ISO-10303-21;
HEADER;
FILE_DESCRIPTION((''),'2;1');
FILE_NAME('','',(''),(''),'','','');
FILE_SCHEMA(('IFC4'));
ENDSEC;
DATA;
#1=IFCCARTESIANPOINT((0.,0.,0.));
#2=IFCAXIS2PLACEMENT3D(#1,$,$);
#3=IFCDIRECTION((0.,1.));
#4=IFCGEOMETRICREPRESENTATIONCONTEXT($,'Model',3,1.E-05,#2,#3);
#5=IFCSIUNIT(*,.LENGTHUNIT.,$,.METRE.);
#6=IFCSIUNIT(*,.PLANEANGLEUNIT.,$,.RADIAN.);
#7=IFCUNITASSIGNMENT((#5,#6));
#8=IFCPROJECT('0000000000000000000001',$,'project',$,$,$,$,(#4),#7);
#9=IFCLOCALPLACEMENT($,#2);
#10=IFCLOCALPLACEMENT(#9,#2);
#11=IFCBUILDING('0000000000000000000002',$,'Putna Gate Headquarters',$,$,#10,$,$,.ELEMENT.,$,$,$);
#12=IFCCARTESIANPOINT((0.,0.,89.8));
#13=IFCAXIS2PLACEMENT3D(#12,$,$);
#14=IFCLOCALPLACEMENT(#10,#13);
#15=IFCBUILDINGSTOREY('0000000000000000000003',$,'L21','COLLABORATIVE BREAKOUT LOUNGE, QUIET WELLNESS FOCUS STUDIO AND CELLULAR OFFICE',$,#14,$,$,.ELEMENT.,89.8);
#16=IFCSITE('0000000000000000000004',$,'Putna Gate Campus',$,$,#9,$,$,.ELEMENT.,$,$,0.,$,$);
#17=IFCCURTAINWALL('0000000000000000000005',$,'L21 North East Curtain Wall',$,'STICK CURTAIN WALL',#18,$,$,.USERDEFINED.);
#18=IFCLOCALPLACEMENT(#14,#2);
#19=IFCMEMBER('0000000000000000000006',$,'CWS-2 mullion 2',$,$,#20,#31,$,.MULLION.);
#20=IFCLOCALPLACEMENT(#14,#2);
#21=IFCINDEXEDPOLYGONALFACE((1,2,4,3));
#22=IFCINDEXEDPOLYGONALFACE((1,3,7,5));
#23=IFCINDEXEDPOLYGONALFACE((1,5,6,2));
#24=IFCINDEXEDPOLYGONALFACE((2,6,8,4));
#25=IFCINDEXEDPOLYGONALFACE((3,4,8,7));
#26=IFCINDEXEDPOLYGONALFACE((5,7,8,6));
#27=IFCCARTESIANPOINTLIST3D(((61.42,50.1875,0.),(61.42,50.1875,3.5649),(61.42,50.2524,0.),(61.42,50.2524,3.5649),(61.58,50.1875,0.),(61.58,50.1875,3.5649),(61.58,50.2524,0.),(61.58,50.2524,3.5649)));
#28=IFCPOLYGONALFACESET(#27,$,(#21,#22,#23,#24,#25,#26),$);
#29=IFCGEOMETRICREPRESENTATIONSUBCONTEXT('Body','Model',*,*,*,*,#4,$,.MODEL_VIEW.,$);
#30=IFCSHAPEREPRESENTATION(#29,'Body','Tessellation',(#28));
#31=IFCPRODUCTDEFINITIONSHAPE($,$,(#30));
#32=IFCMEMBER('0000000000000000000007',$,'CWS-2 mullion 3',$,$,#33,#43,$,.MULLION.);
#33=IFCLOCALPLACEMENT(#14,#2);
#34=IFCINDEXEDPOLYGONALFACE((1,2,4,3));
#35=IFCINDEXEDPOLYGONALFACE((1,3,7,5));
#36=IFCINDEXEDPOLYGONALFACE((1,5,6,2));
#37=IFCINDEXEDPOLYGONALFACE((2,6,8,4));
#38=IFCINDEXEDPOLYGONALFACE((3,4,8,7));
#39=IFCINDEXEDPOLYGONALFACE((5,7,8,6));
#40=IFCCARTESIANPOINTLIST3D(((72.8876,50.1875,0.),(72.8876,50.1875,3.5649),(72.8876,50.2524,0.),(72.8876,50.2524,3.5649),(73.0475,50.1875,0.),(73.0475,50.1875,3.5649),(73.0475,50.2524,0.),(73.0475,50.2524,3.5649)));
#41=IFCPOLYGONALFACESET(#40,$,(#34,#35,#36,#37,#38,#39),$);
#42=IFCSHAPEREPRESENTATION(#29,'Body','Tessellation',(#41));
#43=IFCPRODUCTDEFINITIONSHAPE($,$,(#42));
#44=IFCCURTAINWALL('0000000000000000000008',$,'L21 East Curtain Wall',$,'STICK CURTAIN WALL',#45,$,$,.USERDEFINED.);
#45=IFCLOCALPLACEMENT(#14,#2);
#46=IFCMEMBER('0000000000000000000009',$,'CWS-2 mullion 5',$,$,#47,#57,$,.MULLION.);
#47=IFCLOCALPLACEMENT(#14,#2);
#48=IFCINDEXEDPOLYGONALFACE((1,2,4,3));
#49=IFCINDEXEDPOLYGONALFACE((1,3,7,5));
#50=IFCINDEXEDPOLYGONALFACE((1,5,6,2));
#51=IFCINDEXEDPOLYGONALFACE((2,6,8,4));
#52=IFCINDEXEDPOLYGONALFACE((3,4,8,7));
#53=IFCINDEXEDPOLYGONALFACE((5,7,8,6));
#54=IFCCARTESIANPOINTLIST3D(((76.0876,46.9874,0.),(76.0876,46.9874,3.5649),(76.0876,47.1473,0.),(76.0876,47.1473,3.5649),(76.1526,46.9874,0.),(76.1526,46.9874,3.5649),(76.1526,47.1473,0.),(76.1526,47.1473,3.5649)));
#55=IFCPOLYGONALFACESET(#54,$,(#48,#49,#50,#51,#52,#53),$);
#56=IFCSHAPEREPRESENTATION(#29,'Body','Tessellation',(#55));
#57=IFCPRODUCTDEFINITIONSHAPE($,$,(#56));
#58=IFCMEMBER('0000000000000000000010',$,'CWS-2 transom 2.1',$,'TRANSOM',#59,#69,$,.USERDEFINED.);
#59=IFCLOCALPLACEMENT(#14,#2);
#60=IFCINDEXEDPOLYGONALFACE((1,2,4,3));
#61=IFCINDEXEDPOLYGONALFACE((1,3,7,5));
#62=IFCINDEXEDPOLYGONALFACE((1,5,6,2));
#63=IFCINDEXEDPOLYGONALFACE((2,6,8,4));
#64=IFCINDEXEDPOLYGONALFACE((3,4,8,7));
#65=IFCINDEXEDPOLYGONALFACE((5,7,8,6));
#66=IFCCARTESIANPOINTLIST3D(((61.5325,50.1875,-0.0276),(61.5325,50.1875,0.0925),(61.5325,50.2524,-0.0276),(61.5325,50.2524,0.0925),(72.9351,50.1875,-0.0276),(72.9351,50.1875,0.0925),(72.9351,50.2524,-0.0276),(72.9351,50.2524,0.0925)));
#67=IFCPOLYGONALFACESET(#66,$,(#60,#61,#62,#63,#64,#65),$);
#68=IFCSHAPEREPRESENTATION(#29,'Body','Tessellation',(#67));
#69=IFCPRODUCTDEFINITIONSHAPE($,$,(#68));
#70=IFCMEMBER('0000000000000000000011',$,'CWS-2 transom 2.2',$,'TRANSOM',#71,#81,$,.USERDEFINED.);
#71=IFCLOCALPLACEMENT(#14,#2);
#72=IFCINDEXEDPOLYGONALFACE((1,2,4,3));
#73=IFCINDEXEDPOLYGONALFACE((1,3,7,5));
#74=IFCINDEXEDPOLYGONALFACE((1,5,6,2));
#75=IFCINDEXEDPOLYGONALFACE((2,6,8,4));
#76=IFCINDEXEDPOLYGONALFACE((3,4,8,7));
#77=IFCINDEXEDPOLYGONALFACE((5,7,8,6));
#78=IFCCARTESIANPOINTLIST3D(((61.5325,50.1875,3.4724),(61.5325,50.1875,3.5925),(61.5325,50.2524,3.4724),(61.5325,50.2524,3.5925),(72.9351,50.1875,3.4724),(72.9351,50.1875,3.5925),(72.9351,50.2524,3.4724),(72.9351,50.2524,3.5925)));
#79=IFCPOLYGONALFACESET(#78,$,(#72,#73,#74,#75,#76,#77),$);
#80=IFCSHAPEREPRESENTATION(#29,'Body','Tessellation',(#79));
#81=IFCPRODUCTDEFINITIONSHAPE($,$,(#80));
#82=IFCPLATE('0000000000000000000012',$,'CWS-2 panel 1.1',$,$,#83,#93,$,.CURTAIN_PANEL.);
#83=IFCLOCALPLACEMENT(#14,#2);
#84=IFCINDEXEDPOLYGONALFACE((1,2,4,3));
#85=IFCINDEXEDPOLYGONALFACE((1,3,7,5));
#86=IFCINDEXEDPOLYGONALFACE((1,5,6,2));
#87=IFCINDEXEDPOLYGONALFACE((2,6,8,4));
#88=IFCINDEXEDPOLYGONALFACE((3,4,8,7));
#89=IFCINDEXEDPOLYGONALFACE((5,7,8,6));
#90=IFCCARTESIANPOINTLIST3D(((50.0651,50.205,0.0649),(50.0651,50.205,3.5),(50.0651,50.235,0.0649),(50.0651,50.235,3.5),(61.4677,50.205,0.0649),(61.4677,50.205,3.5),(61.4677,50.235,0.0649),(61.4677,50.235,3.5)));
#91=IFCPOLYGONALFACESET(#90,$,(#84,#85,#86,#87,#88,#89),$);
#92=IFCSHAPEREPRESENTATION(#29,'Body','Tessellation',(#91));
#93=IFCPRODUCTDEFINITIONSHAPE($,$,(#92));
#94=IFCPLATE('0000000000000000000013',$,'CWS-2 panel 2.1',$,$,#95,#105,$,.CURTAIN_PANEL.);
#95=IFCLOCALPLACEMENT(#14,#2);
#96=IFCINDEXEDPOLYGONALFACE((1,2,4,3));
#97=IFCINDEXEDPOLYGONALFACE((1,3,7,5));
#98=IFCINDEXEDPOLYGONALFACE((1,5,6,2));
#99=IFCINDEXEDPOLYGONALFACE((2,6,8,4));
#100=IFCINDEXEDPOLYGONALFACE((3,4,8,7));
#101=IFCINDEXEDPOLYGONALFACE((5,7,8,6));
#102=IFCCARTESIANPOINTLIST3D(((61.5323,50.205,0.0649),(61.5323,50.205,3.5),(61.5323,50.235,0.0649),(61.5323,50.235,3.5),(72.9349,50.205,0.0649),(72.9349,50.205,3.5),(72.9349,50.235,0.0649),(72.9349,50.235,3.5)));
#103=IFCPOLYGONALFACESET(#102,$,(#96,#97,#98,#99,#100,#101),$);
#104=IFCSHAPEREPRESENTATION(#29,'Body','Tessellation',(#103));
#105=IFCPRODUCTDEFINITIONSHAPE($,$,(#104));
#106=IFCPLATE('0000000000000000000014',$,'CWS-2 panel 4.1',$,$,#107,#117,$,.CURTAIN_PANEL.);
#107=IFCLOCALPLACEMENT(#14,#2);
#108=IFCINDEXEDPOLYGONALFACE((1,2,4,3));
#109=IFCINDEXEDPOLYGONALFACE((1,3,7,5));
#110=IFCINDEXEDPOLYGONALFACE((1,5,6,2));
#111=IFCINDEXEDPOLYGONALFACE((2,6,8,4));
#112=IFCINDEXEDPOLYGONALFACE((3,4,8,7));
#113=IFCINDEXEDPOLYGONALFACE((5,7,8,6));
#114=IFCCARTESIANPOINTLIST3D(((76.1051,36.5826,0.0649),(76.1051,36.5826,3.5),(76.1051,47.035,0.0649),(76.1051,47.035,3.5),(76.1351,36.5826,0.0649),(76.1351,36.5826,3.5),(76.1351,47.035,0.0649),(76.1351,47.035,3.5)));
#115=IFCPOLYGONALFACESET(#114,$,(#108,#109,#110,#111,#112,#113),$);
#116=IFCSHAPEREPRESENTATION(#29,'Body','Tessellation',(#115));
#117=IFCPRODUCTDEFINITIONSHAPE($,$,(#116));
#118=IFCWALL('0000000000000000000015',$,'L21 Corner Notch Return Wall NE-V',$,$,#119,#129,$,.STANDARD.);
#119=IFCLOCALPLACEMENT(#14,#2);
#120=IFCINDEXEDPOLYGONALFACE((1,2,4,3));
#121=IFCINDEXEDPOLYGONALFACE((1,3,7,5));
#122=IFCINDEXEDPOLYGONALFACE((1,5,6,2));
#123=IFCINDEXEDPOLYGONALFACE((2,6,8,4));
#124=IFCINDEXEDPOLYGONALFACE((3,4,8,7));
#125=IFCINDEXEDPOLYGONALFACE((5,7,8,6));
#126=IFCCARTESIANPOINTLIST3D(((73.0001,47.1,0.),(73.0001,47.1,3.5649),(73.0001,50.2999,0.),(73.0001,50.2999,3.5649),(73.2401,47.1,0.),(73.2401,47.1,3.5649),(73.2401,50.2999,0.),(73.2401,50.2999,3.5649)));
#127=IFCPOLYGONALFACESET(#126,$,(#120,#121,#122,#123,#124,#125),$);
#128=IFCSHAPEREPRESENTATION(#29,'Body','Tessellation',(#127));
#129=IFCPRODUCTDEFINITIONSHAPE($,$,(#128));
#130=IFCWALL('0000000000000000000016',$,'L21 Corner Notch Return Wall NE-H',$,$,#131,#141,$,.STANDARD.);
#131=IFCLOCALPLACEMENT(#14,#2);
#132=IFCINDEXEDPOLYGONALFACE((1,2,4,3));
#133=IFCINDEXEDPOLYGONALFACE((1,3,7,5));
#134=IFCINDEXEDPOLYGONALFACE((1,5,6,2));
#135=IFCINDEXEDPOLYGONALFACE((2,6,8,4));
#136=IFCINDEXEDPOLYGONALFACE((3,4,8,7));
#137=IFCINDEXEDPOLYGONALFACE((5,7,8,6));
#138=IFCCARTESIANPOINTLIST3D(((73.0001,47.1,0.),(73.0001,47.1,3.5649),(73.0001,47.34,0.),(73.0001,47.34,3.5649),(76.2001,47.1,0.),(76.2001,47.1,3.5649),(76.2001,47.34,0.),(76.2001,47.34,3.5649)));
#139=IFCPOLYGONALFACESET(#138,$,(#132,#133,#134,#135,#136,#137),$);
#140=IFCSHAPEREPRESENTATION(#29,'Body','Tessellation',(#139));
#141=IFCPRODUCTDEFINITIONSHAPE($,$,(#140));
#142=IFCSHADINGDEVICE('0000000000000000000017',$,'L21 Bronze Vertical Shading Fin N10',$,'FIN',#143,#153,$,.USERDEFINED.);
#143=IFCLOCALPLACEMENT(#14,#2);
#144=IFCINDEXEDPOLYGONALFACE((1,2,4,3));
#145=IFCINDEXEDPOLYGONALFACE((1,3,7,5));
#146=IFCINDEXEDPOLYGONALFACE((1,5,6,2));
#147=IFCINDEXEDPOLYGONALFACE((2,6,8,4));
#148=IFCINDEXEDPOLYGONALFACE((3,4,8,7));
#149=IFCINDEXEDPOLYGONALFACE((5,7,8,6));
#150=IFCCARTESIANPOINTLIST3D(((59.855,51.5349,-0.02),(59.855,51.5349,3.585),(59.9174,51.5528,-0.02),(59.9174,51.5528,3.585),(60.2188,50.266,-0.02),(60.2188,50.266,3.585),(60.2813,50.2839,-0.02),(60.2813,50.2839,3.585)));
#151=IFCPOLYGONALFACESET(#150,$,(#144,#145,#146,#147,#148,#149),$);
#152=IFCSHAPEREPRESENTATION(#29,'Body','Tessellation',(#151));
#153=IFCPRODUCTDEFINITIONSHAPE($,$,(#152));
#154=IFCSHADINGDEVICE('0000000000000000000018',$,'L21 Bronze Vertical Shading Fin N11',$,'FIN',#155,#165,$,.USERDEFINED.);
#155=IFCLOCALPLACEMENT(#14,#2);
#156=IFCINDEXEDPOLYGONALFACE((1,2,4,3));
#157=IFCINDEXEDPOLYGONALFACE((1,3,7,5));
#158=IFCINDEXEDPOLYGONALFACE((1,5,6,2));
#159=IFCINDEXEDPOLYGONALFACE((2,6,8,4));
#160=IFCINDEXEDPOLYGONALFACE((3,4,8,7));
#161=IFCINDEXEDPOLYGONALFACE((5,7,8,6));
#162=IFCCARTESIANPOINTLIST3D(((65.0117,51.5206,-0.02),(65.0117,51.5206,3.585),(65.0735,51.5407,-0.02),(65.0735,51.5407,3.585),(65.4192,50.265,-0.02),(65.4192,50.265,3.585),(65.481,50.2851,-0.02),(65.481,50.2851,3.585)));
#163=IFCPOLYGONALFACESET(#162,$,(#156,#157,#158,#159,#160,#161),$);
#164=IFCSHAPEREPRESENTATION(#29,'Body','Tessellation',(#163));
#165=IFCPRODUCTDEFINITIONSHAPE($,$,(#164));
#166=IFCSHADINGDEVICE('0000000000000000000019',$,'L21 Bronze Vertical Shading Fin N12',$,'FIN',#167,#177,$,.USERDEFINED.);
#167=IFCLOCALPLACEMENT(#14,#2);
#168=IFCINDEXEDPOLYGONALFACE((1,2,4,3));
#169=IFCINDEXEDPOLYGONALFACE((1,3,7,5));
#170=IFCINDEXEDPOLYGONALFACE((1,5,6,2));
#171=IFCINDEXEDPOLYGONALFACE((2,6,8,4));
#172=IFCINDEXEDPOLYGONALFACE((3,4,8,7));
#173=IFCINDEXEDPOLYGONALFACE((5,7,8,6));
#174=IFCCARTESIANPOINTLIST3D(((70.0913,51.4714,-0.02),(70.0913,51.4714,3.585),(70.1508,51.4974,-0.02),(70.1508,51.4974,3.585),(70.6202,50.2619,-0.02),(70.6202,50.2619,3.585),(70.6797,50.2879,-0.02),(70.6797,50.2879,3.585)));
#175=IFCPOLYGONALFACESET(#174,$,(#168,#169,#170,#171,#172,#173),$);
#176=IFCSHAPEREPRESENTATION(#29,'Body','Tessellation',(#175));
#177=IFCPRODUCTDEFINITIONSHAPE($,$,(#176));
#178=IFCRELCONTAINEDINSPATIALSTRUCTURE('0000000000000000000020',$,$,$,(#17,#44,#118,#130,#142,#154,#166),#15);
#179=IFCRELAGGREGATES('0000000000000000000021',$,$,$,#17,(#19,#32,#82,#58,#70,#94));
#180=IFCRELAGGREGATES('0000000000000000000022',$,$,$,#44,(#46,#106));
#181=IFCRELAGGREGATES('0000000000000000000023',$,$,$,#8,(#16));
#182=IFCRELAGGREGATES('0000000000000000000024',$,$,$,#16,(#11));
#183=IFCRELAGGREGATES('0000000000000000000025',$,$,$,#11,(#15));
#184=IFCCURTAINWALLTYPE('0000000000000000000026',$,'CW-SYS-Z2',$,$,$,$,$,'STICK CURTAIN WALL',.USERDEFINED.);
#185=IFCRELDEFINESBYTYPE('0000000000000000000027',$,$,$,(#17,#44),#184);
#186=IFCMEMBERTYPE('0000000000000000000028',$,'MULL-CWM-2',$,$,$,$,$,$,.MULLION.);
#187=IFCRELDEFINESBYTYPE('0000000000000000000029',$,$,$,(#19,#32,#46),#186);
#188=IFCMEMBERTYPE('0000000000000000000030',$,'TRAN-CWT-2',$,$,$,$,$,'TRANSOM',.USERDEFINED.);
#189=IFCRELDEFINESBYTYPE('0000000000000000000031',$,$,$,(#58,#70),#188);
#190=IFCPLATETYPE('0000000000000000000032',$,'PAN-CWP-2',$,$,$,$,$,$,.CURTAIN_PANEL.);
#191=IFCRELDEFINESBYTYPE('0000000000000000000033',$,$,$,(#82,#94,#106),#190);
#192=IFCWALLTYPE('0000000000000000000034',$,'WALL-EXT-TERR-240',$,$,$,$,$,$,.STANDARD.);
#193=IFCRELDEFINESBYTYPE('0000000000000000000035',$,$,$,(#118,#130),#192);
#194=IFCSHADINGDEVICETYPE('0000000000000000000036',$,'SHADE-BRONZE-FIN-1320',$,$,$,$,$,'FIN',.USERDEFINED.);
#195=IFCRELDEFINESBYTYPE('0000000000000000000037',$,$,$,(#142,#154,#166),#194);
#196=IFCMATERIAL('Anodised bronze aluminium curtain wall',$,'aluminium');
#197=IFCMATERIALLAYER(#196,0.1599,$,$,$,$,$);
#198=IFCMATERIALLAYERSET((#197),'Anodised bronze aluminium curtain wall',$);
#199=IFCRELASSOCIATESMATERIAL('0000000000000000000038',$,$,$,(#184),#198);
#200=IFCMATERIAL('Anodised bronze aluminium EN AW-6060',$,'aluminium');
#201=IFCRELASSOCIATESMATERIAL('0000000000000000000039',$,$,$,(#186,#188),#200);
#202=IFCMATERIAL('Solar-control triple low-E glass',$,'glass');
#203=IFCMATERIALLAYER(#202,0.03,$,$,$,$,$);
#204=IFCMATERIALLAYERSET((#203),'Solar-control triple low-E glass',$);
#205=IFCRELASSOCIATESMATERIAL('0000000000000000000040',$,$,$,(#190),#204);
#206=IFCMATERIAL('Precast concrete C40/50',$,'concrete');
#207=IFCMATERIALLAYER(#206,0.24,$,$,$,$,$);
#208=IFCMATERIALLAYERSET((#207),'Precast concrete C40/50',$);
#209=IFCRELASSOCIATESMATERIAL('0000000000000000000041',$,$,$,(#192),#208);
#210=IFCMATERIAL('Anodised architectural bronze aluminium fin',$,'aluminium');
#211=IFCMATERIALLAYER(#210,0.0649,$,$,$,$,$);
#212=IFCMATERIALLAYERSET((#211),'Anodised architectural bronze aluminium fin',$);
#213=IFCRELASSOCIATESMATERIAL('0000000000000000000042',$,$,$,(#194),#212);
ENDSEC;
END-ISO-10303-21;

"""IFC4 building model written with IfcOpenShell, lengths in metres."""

from ifc_helpers import new_model, si_unit, direction, frame, frame_2d, origin, origin_2d, place, context, subcontext, project, spatial, rectangle, extrude, material, layer, layer_set, material_profile, profile_set, type_object, element, aggregate, save


model = new_model("IFC4")

# Units and contexts
model_context = context("Model", 3, precision=1e-05, world=origin(), true_north=direction((0.0, 1.0)))
body_context = subcontext(model_context, "Body", "Model", "MODEL_VIEW")
ifc_project = project(units=[si_unit("LENGTHUNIT", "METRE"), si_unit("PLANEANGLEUNIT", "RADIAN")], contexts=[model_context])

# Site, building, storey
site_placement = place(None, origin())
site = spatial("IfcSite", under=ifc_project, at=site_placement, Name="Putna Gate Campus", CompositionType="ELEMENT", RefElevation=0.0)
building_placement = place(site_placement, origin())
building = spatial("IfcBuilding", under=site, at=building_placement, Name="Putna Gate Headquarters", CompositionType="ELEMENT")
storey_placement = place(building_placement, frame((0.0, 0.0, 89.8)))
storey = spatial("IfcBuildingStorey", under=building, at=storey_placement, Name="L21", Description="COLLABORATIVE BREAKOUT LOUNGE, QUIET WELLNESS FOCUS STUDIO AND CELLULAR OFFICE", CompositionType="ELEMENT", Elevation=89.8)

# Curtain wall, members
ifc_material_1 = material(Name="Anodised bronze aluminium curtain wall", Category="aluminium")
ifc_layer_1 = layer(ifc_material_1, 0.1599)
ifc_layer_set_1 = layer_set([ifc_layer_1], Name="Anodised bronze aluminium curtain wall")
curtain_wall_type = type_object("IfcCurtainWallType", Name="CW-SYS-Z2", ElementType="STICK CURTAIN WALL", PredefinedType="USERDEFINED", material=ifc_layer_set_1)
curtain_wall_1_placement = place(storey_placement, origin())
curtain_wall_1 = element("IfcCurtainWall", 1, at=curtain_wall_1_placement, inside=storey, type_object=curtain_wall_type, Name="L21 North East Curtain Wall", ObjectType="STICK CURTAIN WALL", PredefinedType="USERDEFINED")
ifc_material_2 = material(Name="Anodised bronze aluminium EN AW-6060", Category="aluminium")
ifc_material_profile_1 = material_profile(ifc_material_2, rectangle(XDim=0.0649, YDim=0.1599, at=origin_2d()), Name="Anodised bronze aluminium EN AW-6060")
ifc_profile_set_1 = profile_set([ifc_material_profile_1], Name="Anodised bronze aluminium EN AW-6060")
member_type_1 = type_object("IfcMemberType", Name="MULL-CWM-2", PredefinedType="MULLION", material=ifc_profile_set_1)
member_1_placement = place(storey_placement, frame((61.5, 50.22, 0.0), z_axis=(0.0, 0.0, 1.0), x_axis=(0.0, 1.0, 0.0)))
member_1 = element("IfcMember", 2, at=member_1_placement, type_object=member_type_1, Name="CWS-2 mullion 2", PredefinedType="MULLION", context=body_context, shape_type="SweptSolid", body=[
    extrude(rectangle(XDim=0.0649, YDim=0.1599, at=origin_2d()), origin(), (0.0, 0.0, 1.0), 3.5649),
])
member_2_placement = place(storey_placement, frame((72.9675, 50.22, 0.0), z_axis=(0.0, 0.0, 1.0), x_axis=(0.0, 1.0, 0.0)))
member_2 = element("IfcMember", 3, at=member_2_placement, type_object=member_type_1, Name="CWS-2 mullion 3", PredefinedType="MULLION", context=body_context, shape_type="SweptSolid", body=[
    extrude(rectangle(XDim=0.0649, YDim=0.1599, at=origin_2d()), origin(), (0.0, 0.0, 1.0), 3.5649),
])

# Curtain wall, member
curtain_wall_2_placement = place(storey_placement, origin())
curtain_wall_2 = element("IfcCurtainWall", 4, at=curtain_wall_2_placement, inside=storey, type_object=curtain_wall_type, Name="L21 East Curtain Wall", ObjectType="STICK CURTAIN WALL", PredefinedType="USERDEFINED")
member_3_placement = place(storey_placement, frame((76.1201, 47.0674, 0.0), z_axis=(0.0, 0.0, 1.0), x_axis=(-1.0, 0.0, 0.0)))
member_3 = element("IfcMember", 5, at=member_3_placement, type_object=member_type_1, Name="CWS-2 mullion 5", PredefinedType="MULLION", context=body_context, shape_type="SweptSolid", body=[
    extrude(rectangle(XDim=0.0649, YDim=0.1599, at=origin_2d()), origin(), (0.0, 0.0, 1.0), 3.5649),
])

# Members
ifc_material_profile_2 = material_profile(ifc_material_2, rectangle(XDim=0.0649, YDim=0.1201, at=origin_2d()), Name="Anodised bronze aluminium EN AW-6060")
ifc_profile_set_2 = profile_set([ifc_material_profile_2], Name="Anodised bronze aluminium EN AW-6060")
member_type_2 = type_object("IfcMemberType", Name="TRAN-CWT-2", ElementType="TRANSOM", PredefinedType="USERDEFINED", material=ifc_profile_set_2)
member_4_placement = place(storey_placement, frame((61.5325, 50.22, 0.0325), z_axis=(1.0, 0.0, 0.0), x_axis=(0.0, 1.0, 0.0)))
member_4 = element("IfcMember", 6, at=member_4_placement, type_object=member_type_2, Name="CWS-2 transom 2.1", ObjectType="TRANSOM", PredefinedType="USERDEFINED", context=body_context, shape_type="SweptSolid", body=[
    extrude(rectangle(XDim=0.0649, YDim=0.1201, at=origin_2d()), origin(), (0.0, 0.0, 1.0), 11.4026),
])
member_5_placement = place(storey_placement, frame((61.5325, 50.22, 3.5325), z_axis=(1.0, 0.0, 0.0), x_axis=(0.0, 1.0, 0.0)))
member_5 = element("IfcMember", 7, at=member_5_placement, type_object=member_type_2, Name="CWS-2 transom 2.2", ObjectType="TRANSOM", PredefinedType="USERDEFINED", context=body_context, shape_type="SweptSolid", body=[
    extrude(rectangle(XDim=0.0649, YDim=0.1201, at=origin_2d()), origin(), (0.0, 0.0, 1.0), 11.4026),
])

# Plates
ifc_material_3 = material(Name="Solar-control triple low-E glass", Category="glass")
ifc_layer_2 = layer(ifc_material_3, 0.03)
ifc_layer_set_2 = layer_set([ifc_layer_2], Name="Solar-control triple low-E glass")
plate_type = type_object("IfcPlateType", Name="PAN-CWP-2", PredefinedType="CURTAIN_PANEL", material=ifc_layer_set_2)
plate_1_placement = place(storey_placement, frame((55.7664, 50.22, 0.0649), z_axis=(0.0, 0.0, 1.0), x_axis=(1.0, 0.0, 0.0)))
plate_1 = element("IfcPlate", 8, at=plate_1_placement, type_object=plate_type, Name="CWS-2 panel 1.1", PredefinedType="CURTAIN_PANEL", context=body_context, shape_type="SweptSolid", body=[
    extrude(rectangle(XDim=11.4026, YDim=0.03, at=origin_2d()), origin(), (0.0, 0.0, 1.0), 3.4351),
])
plate_2_placement = place(storey_placement, frame((67.2336, 50.22, 0.0649), z_axis=(0.0, 0.0, 1.0), x_axis=(1.0, 0.0, 0.0)))
plate_2 = element("IfcPlate", 9, at=plate_2_placement, type_object=plate_type, Name="CWS-2 panel 2.1", PredefinedType="CURTAIN_PANEL", context=body_context, shape_type="SweptSolid", body=[
    extrude(rectangle(XDim=11.4026, YDim=0.03, at=origin_2d()), origin(), (0.0, 0.0, 1.0), 3.4351),
])
aggregate(curtain_wall_1, [member_1, member_2, plate_1, member_4, member_5, plate_2])
plate_3_placement = place(storey_placement, frame((76.1201, 41.8088, 0.0649), z_axis=(0.0, 0.0, 1.0), x_axis=(0.0, 1.0, 0.0)))
plate_3 = element("IfcPlate", 10, at=plate_3_placement, type_object=plate_type, Name="CWS-2 panel 4.1", PredefinedType="CURTAIN_PANEL", context=body_context, shape_type="SweptSolid", body=[
    extrude(rectangle(XDim=10.4524, YDim=0.03, at=origin_2d()), origin(), (0.0, 0.0, 1.0), 3.4351),
])
aggregate(curtain_wall_2, [member_3, plate_3])

# Walls
ifc_material_4 = material(Name="Precast concrete C40/50", Category="concrete")
ifc_layer_3 = layer(ifc_material_4, 0.24)
ifc_layer_set_3 = layer_set([ifc_layer_3], Name="Precast concrete C40/50")
wall_type = type_object("IfcWallType", Name="WALL-EXT-TERR-240", PredefinedType="STANDARD", material=ifc_layer_set_3)
for number, where, z_axis, x_axis, name in (
    (11, (73.1201, 50.3, 0.0), (0.0, 0.0, 1.0), (0.0, -1.0, 0.0), "L21 Corner Notch Return Wall NE-V"),
    (12, (73.0, 47.22, 0.0), (0.0, 0.0, 1.0), (1.0, 0.0, 0.0), "L21 Corner Notch Return Wall NE-H"),
):
    element("IfcWall", number, at=place(storey_placement, frame(where, z_axis=z_axis, x_axis=x_axis)), inside=storey, type_object=wall_type, Name=name, PredefinedType="STANDARD", context=body_context, shape_type="SweptSolid", body=[
        extrude(rectangle(XDim=3.2, YDim=0.24, at=frame_2d((1.6001, 0.0))), origin(), (0.0, 0.0, 1.0), 3.5649),
    ])

# Shading devices
ifc_material_5 = material(Name="Anodised architectural bronze aluminium fin", Category="aluminium")
ifc_layer_4 = layer(ifc_material_5, 0.0649)
ifc_layer_set_4 = layer_set([ifc_layer_4], Name="Anodised architectural bronze aluminium fin")
shading_device_type = type_object("IfcShadingDeviceType", Name="SHADE-BRONZE-FIN-1320", ElementType="FIN", PredefinedType="USERDEFINED", material=ifc_layer_set_4)
for number, where, z_axis, x_axis, name in (
    (13, (60.0681, 50.9094, -0.02), (0.0, 0.0, 1.0), (-0.275637, 0.961262, 0.0), "L21 Bronze Vertical Shading Fin N10"),
    (14, (65.2463, 50.9028, -0.02), (0.0, 0.0, 1.0), (-0.308685, 0.951164, 0.0), "L21 Bronze Vertical Shading Fin N11"),
    (15, (70.3855, 50.8796, -0.02), (0.0, 0.0, 1.0), (-0.400669, 0.916223, 0.0), "L21 Bronze Vertical Shading Fin N12"),
):
    element("IfcShadingDevice", number, at=place(storey_placement, frame(where, z_axis=z_axis, x_axis=x_axis)), inside=storey, type_object=shading_device_type, Name=name, ObjectType="FIN", PredefinedType="USERDEFINED", context=body_context, shape_type="SweptSolid", body=[
        extrude(rectangle(XDim=1.3201, YDim=0.0649, at=origin_2d()), origin(), (0.0, 0.0, 1.0), 3.605),
    ])

save(model, "model.ifc")
